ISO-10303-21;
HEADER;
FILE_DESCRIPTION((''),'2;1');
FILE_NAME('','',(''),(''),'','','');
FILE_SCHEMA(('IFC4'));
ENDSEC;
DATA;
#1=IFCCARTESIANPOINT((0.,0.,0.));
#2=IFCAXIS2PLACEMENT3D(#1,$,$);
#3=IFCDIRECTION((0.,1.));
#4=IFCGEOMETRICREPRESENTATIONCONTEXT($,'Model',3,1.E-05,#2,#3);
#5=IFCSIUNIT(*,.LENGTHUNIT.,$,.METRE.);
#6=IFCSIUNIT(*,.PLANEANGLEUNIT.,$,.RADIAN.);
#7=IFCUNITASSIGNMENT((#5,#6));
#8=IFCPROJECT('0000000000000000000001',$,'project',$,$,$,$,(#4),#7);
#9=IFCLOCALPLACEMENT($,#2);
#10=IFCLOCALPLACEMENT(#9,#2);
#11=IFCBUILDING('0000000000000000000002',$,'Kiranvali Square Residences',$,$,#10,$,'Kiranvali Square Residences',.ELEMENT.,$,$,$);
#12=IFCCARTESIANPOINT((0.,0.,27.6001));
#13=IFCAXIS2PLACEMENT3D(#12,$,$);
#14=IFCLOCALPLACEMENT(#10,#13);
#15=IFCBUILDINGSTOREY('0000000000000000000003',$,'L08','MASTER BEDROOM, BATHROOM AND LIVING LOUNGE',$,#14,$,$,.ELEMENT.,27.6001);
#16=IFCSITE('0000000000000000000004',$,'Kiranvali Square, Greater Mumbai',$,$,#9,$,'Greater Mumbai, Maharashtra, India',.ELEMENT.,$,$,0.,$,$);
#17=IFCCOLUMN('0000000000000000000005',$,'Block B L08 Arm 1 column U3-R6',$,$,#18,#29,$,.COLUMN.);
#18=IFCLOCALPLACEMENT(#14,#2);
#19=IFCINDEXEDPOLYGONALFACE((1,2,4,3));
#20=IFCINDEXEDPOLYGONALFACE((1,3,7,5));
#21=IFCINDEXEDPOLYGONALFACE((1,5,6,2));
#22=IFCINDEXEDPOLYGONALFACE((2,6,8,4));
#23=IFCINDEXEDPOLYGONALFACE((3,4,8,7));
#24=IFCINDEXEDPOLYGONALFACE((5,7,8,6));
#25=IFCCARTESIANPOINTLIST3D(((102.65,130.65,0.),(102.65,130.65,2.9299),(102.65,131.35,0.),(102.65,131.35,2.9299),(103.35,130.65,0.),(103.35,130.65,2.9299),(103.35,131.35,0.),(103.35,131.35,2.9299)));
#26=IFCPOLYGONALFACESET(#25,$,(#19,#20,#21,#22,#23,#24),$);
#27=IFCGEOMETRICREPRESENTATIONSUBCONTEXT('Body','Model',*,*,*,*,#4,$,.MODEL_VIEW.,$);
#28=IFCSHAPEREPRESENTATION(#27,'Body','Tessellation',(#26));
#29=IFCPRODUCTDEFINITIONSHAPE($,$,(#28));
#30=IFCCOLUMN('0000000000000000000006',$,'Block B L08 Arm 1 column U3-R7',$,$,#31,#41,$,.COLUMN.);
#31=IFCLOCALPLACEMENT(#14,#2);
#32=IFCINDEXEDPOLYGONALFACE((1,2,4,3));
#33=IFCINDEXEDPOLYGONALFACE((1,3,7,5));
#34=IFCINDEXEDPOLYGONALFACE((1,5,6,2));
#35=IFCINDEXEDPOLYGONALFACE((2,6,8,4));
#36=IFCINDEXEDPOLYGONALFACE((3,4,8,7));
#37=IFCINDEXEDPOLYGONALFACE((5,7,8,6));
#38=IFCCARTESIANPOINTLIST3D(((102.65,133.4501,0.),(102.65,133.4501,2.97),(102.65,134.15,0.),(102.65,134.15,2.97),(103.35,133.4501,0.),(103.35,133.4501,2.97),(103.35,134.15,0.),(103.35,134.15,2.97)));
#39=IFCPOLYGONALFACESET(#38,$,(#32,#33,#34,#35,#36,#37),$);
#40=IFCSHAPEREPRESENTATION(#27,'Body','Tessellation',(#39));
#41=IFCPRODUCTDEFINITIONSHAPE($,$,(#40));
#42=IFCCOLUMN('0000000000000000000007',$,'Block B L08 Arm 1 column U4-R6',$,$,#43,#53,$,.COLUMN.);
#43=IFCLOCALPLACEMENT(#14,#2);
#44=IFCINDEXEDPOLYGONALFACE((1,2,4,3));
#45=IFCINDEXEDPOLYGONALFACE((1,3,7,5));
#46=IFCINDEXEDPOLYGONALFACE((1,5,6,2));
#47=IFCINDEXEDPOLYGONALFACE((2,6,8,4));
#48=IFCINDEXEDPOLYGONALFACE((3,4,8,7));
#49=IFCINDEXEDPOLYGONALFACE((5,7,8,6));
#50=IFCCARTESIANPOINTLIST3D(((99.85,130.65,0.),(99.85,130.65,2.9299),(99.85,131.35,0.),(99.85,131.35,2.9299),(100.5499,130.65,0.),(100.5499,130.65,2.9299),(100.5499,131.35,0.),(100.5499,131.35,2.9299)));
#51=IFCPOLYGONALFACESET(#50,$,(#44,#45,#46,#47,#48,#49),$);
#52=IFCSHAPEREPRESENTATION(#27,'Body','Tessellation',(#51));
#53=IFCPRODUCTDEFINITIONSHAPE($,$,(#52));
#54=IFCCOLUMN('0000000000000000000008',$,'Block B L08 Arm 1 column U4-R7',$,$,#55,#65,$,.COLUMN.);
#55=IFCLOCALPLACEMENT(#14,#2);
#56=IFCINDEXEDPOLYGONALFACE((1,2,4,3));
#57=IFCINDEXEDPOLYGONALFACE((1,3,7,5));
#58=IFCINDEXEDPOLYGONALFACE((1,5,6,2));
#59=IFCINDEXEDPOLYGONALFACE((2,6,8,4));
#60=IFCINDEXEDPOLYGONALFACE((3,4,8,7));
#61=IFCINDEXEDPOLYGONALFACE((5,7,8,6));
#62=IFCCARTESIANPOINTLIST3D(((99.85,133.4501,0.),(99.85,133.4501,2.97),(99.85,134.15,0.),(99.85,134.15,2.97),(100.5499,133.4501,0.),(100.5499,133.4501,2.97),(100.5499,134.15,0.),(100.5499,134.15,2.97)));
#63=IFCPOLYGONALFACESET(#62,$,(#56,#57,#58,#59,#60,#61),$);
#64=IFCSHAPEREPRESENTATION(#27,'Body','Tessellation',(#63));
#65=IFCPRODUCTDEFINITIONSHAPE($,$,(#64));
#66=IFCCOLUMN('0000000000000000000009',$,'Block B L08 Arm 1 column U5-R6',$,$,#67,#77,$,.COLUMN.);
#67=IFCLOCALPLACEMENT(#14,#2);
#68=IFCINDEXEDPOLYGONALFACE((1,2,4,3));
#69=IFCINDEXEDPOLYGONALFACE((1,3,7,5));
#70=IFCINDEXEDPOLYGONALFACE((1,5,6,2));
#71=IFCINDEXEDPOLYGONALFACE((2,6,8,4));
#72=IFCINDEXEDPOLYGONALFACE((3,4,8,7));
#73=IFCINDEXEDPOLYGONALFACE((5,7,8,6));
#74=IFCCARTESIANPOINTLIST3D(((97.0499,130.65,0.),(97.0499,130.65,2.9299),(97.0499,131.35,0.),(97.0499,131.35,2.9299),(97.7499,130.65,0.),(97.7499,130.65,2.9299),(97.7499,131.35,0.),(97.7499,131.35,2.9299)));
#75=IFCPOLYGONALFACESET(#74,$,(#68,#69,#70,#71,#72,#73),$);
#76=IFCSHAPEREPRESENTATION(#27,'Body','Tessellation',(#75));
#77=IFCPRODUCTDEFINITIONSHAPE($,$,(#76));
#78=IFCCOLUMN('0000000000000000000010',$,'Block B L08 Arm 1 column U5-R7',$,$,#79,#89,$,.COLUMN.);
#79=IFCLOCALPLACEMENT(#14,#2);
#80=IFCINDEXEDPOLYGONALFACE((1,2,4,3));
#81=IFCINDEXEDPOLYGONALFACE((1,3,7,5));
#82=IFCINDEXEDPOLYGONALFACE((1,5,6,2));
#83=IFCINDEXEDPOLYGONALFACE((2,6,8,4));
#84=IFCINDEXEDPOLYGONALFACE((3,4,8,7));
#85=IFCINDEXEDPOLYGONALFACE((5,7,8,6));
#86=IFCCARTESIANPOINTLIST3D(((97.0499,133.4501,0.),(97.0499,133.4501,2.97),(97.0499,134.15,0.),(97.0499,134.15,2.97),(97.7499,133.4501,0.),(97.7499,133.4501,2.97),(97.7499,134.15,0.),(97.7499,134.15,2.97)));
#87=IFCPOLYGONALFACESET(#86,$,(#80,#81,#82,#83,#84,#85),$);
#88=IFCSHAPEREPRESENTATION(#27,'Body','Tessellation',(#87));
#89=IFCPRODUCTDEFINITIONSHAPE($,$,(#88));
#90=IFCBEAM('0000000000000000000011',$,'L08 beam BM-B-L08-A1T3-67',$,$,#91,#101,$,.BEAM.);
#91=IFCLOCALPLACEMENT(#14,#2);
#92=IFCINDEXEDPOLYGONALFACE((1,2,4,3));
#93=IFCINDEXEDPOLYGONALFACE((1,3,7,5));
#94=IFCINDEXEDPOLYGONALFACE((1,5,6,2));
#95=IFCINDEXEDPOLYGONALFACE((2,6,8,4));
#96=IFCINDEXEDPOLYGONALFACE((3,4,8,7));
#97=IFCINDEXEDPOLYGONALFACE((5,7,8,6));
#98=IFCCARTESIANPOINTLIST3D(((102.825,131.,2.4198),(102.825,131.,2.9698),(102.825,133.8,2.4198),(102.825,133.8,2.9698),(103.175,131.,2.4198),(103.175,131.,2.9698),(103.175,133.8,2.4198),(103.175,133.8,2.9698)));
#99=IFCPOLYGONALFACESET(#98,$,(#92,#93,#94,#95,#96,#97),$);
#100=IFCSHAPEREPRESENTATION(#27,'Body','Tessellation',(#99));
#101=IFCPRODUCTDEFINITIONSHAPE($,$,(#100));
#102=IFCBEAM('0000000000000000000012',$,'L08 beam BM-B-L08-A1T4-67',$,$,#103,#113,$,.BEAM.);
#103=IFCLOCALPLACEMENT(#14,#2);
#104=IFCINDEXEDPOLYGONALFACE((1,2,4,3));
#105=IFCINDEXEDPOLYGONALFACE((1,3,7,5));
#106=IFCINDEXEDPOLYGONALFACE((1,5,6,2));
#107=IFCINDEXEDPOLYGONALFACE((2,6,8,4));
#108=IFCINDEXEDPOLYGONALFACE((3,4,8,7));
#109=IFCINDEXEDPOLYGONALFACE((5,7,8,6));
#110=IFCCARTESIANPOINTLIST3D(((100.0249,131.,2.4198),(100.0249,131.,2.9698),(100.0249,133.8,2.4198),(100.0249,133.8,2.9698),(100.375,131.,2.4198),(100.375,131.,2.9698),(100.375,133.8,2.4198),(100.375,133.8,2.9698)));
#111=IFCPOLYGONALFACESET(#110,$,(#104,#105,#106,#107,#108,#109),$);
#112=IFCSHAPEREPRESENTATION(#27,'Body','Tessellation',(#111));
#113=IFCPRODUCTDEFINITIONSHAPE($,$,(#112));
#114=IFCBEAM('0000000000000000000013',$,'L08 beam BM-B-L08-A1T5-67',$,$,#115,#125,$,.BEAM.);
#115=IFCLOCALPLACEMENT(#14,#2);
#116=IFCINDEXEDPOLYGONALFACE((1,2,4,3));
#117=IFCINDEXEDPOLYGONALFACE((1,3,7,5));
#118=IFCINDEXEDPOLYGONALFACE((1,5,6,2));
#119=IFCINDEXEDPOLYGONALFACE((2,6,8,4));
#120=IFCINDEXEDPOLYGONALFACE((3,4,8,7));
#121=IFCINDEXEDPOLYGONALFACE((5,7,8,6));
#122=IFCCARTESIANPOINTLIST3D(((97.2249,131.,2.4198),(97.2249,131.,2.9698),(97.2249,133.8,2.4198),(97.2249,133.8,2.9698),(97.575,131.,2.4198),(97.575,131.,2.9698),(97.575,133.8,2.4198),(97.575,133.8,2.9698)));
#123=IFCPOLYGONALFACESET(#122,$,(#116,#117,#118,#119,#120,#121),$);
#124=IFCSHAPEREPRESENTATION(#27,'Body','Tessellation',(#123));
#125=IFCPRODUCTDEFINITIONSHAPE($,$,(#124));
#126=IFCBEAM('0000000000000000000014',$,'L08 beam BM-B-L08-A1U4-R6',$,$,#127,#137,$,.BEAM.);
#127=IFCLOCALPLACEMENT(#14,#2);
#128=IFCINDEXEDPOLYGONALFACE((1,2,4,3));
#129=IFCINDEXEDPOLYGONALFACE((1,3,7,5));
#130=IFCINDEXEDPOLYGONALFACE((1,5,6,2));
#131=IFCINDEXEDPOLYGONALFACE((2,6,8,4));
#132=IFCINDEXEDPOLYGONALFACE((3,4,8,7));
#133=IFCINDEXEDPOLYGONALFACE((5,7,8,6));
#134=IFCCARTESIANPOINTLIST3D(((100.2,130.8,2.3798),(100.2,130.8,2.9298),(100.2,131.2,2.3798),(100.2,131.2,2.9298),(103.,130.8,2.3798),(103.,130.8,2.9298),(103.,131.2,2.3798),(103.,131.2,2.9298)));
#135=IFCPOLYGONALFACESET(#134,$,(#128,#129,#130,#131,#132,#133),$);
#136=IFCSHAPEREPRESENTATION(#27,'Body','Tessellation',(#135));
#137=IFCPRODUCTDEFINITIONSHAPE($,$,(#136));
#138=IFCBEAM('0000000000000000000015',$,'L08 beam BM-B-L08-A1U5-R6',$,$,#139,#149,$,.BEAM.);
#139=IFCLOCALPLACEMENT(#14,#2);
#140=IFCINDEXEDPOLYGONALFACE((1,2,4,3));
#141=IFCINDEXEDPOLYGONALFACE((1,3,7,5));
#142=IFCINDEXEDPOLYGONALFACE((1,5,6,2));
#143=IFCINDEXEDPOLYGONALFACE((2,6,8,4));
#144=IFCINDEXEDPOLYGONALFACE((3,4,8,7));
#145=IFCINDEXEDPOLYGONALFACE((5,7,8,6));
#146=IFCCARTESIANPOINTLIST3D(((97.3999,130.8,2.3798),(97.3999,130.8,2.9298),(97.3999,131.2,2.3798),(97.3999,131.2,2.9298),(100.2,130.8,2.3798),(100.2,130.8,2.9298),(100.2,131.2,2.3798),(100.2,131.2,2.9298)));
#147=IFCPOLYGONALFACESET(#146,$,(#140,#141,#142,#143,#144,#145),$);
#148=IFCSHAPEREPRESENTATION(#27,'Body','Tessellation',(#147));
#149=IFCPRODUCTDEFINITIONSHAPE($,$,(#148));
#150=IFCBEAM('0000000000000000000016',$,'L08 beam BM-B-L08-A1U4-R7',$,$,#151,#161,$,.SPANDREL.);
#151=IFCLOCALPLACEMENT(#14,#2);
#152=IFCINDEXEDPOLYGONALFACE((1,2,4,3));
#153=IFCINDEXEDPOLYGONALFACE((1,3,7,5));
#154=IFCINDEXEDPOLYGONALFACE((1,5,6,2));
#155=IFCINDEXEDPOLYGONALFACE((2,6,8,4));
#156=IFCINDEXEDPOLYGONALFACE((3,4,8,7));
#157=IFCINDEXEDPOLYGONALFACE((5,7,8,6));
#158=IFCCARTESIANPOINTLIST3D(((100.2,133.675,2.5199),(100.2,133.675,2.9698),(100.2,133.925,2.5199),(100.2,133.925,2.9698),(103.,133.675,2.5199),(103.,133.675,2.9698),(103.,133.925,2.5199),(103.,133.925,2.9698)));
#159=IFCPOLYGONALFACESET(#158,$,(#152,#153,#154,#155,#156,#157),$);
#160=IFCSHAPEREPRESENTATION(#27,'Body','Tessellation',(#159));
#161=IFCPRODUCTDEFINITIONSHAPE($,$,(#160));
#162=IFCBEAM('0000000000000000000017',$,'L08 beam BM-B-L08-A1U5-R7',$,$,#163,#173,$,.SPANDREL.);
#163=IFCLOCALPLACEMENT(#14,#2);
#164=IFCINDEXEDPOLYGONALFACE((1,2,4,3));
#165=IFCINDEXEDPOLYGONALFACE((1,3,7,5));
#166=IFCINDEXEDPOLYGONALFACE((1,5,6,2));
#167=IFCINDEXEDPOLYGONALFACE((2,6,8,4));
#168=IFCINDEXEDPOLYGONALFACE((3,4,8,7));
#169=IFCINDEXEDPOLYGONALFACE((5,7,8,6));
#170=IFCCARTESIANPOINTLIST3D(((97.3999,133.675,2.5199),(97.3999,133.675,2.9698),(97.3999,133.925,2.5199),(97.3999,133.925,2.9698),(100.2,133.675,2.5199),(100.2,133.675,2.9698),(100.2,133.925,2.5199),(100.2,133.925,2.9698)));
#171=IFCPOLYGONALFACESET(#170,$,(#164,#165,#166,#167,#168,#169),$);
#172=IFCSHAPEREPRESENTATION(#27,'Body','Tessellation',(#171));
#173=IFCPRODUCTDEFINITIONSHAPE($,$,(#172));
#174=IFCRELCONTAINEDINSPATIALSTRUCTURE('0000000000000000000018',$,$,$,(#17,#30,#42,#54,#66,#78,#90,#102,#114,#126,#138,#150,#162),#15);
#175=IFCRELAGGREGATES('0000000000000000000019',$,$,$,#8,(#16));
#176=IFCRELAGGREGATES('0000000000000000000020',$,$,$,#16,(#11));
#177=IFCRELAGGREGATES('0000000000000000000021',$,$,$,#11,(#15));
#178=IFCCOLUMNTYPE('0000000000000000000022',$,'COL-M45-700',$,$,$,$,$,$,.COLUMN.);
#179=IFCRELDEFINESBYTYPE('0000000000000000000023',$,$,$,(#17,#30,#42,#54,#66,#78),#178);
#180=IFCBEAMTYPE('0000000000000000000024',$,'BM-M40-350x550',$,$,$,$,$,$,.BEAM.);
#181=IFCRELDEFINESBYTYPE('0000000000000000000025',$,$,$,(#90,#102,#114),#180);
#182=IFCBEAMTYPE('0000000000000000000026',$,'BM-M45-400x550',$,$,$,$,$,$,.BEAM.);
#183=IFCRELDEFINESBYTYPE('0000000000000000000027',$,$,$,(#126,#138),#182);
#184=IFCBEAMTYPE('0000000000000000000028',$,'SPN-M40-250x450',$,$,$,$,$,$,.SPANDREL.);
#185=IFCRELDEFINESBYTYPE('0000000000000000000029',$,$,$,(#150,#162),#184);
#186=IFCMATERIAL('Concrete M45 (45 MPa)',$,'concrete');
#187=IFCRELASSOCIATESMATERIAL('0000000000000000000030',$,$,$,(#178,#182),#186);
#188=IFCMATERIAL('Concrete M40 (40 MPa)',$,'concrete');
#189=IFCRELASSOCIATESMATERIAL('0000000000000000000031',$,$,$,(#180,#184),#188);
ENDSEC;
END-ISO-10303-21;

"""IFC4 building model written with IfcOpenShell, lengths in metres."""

from ifc_helpers import new_model, si_unit, direction, frame, origin, origin_2d, place, context, subcontext, project, spatial, rectangle, extrude, material, material_profile, profile_set, type_object, element, save


model = new_model("IFC4")

# Units and contexts
model_context = context("Model", 3, precision=1e-05, world=origin(), true_north=direction((0.0, 1.0)))
body_context = subcontext(model_context, "Body", "Model", "MODEL_VIEW")
ifc_project = project(units=[si_unit("LENGTHUNIT", "METRE"), si_unit("PLANEANGLEUNIT", "RADIAN")], contexts=[model_context])

# Site, building, storey
site_placement = place(None, origin())
site = spatial("IfcSite", under=ifc_project, at=site_placement, Name="Kiranvali Square, Greater Mumbai", LongName="Greater Mumbai, Maharashtra, India", CompositionType="ELEMENT", RefElevation=0.0)
building_placement = place(site_placement, origin())
building = spatial("IfcBuilding", under=site, at=building_placement, Name="Kiranvali Square Residences", LongName="Kiranvali Square Residences", CompositionType="ELEMENT")
storey_placement = place(building_placement, frame((0.0, 0.0, 27.6001)))
storey = spatial("IfcBuildingStorey", under=building, at=storey_placement, Name="L08", Description="MASTER BEDROOM, BATHROOM AND LIVING LOUNGE", CompositionType="ELEMENT", Elevation=27.6001)

# Columns
ifc_material_1 = material(Name="Concrete M45 (45 MPa)", Category="concrete")
ifc_material_profile_1 = material_profile(ifc_material_1, rectangle(XDim=0.7, YDim=0.7, at=origin_2d()), Name="RC 700x700")
ifc_profile_set_1 = profile_set([ifc_material_profile_1], Name="Concrete M45 (45 MPa)")
column_type = type_object("IfcColumnType", Name="COL-M45-700", PredefinedType="COLUMN", material=ifc_profile_set_1)
column_1_placement = place(storey_placement, frame((103.0, 131.0, 0.0), z_axis=(0.0, 0.0, 1.0), x_axis=(1.0, 0.0, 0.0)))
element("IfcColumn", 1, at=column_1_placement, inside=storey, type_object=column_type, Name="Block B L08 Arm 1 column U3-R6", PredefinedType="COLUMN", context=body_context, shape_type="SweptSolid", body=[
    extrude(rectangle(XDim=0.7, YDim=0.7, at=origin_2d()), origin(), (0.0, 0.0, 1.0), 2.9299),
])
column_2_placement = place(storey_placement, frame((103.0, 133.8, 0.0), z_axis=(0.0, 0.0, 1.0), x_axis=(1.0, 0.0, 0.0)))
element("IfcColumn", 2, at=column_2_placement, inside=storey, type_object=column_type, Name="Block B L08 Arm 1 column U3-R7", PredefinedType="COLUMN", context=body_context, shape_type="SweptSolid", body=[
    extrude(rectangle(XDim=0.7, YDim=0.7, at=origin_2d()), origin(), (0.0, 0.0, 1.0), 2.97),
])
column_3_placement = place(storey_placement, frame((100.2, 131.0, 0.0), z_axis=(0.0, 0.0, 1.0), x_axis=(1.0, 0.0, 0.0)))
element("IfcColumn", 3, at=column_3_placement, inside=storey, type_object=column_type, Name="Block B L08 Arm 1 column U4-R6", PredefinedType="COLUMN", context=body_context, shape_type="SweptSolid", body=[
    extrude(rectangle(XDim=0.7, YDim=0.7, at=origin_2d()), origin(), (0.0, 0.0, 1.0), 2.9299),
])
column_4_placement = place(storey_placement, frame((100.2, 133.8, 0.0), z_axis=(0.0, 0.0, 1.0), x_axis=(1.0, 0.0, 0.0)))
element("IfcColumn", 4, at=column_4_placement, inside=storey, type_object=column_type, Name="Block B L08 Arm 1 column U4-R7", PredefinedType="COLUMN", context=body_context, shape_type="SweptSolid", body=[
    extrude(rectangle(XDim=0.7, YDim=0.7, at=origin_2d()), origin(), (0.0, 0.0, 1.0), 2.97),
])
column_5_placement = place(storey_placement, frame((97.3999, 131.0, 0.0), z_axis=(0.0, 0.0, 1.0), x_axis=(1.0, 0.0, 0.0)))
element("IfcColumn", 5, at=column_5_placement, inside=storey, type_object=column_type, Name="Block B L08 Arm 1 column U5-R6", PredefinedType="COLUMN", context=body_context, shape_type="SweptSolid", body=[
    extrude(rectangle(XDim=0.7, YDim=0.7, at=origin_2d()), origin(), (0.0, 0.0, 1.0), 2.9299),
])
column_6_placement = place(storey_placement, frame((97.3999, 133.8, 0.0), z_axis=(0.0, 0.0, 1.0), x_axis=(1.0, 0.0, 0.0)))
element("IfcColumn", 6, at=column_6_placement, inside=storey, type_object=column_type, Name="Block B L08 Arm 1 column U5-R7", PredefinedType="COLUMN", context=body_context, shape_type="SweptSolid", body=[
    extrude(rectangle(XDim=0.7, YDim=0.7, at=origin_2d()), origin(), (0.0, 0.0, 1.0), 2.97),
])

# Beams
ifc_material_2 = material(Name="Concrete M40 (40 MPa)", Category="concrete")
ifc_material_profile_2 = material_profile(ifc_material_2, rectangle(XDim=0.3501, YDim=0.55, at=origin_2d()), Name="RC 350x550")
ifc_profile_set_2 = profile_set([ifc_material_profile_2], Name="Concrete M40 (40 MPa)")
beam_type_1 = type_object("IfcBeamType", Name="BM-M40-350x550", PredefinedType="BEAM", material=ifc_profile_set_2)
for number, where, z_axis, x_axis, name in (
    (7, (103.0, 131.0, 2.6948), (0.0, 1.0, 0.0), (-1.0, 0.0, 0.0), "L08 beam BM-B-L08-A1T3-67"),
    (8, (100.2, 131.0, 2.6948), (0.0, 1.0, 0.0), (-1.0, 0.0, 0.0), "L08 beam BM-B-L08-A1T4-67"),
    (9, (97.3999, 131.0, 2.6948), (0.0, 1.0, 0.0), (-1.0, 0.0, 0.0), "L08 beam BM-B-L08-A1T5-67"),
):
    element("IfcBeam", number, at=place(storey_placement, frame(where, z_axis=z_axis, x_axis=x_axis)), inside=storey, type_object=beam_type_1, Name=name, PredefinedType="BEAM", context=body_context, shape_type="SweptSolid", body=[
        extrude(rectangle(XDim=0.3501, YDim=0.55, at=origin_2d()), origin(), (0.0, 0.0, 1.0), 2.8),
    ])
ifc_material_profile_3 = material_profile(ifc_material_1, rectangle(XDim=0.3999, YDim=0.55, at=origin_2d()), Name="RC 400x550")
ifc_profile_set_3 = profile_set([ifc_material_profile_3], Name="Concrete M45 (45 MPa)")
beam_type_2 = type_object("IfcBeamType", Name="BM-M45-400x550", PredefinedType="BEAM", material=ifc_profile_set_3)
for number, where, z_axis, x_axis, name in (
    (10, (103.0, 131.0, 2.6548), (-1.0, 0.0, 0.0), (0.0, -1.0, 0.0), "L08 beam BM-B-L08-A1U4-R6"),
    (11, (100.2, 131.0, 2.6548), (-1.0, 0.0, 0.0), (0.0, -1.0, 0.0), "L08 beam BM-B-L08-A1U5-R6"),
):
    element("IfcBeam", number, at=place(storey_placement, frame(where, z_axis=z_axis, x_axis=x_axis)), inside=storey, type_object=beam_type_2, Name=name, PredefinedType="BEAM", context=body_context, shape_type="SweptSolid", body=[
        extrude(rectangle(XDim=0.3999, YDim=0.55, at=origin_2d()), origin(), (0.0, 0.0, 1.0), 2.8),
    ])
ifc_material_profile_4 = material_profile(ifc_material_2, rectangle(XDim=0.25, YDim=0.45, at=origin_2d()), Name="RC 250x450")
ifc_profile_set_4 = profile_set([ifc_material_profile_4], Name="Concrete M40 (40 MPa)")
beam_type_3 = type_object("IfcBeamType", Name="SPN-M40-250x450", PredefinedType="SPANDREL", material=ifc_profile_set_4)
for number, where, z_axis, x_axis, name in (
    (12, (103.0, 133.8, 2.7449), (-1.0, 0.0, 0.0), (0.0, -1.0, 0.0), "L08 beam BM-B-L08-A1U4-R7"),
    (13, (100.2, 133.8, 2.7449), (-1.0, 0.0, 0.0), (0.0, -1.0, 0.0), "L08 beam BM-B-L08-A1U5-R7"),
):
    element("IfcBeam", number, at=place(storey_placement, frame(where, z_axis=z_axis, x_axis=x_axis)), inside=storey, type_object=beam_type_3, Name=name, PredefinedType="SPANDREL", context=body_context, shape_type="SweptSolid", body=[
        extrude(rectangle(XDim=0.25, YDim=0.45, at=origin_2d()), origin(), (0.0, 0.0, 1.0), 2.8),
    ])

save(model, "model.ifc")
